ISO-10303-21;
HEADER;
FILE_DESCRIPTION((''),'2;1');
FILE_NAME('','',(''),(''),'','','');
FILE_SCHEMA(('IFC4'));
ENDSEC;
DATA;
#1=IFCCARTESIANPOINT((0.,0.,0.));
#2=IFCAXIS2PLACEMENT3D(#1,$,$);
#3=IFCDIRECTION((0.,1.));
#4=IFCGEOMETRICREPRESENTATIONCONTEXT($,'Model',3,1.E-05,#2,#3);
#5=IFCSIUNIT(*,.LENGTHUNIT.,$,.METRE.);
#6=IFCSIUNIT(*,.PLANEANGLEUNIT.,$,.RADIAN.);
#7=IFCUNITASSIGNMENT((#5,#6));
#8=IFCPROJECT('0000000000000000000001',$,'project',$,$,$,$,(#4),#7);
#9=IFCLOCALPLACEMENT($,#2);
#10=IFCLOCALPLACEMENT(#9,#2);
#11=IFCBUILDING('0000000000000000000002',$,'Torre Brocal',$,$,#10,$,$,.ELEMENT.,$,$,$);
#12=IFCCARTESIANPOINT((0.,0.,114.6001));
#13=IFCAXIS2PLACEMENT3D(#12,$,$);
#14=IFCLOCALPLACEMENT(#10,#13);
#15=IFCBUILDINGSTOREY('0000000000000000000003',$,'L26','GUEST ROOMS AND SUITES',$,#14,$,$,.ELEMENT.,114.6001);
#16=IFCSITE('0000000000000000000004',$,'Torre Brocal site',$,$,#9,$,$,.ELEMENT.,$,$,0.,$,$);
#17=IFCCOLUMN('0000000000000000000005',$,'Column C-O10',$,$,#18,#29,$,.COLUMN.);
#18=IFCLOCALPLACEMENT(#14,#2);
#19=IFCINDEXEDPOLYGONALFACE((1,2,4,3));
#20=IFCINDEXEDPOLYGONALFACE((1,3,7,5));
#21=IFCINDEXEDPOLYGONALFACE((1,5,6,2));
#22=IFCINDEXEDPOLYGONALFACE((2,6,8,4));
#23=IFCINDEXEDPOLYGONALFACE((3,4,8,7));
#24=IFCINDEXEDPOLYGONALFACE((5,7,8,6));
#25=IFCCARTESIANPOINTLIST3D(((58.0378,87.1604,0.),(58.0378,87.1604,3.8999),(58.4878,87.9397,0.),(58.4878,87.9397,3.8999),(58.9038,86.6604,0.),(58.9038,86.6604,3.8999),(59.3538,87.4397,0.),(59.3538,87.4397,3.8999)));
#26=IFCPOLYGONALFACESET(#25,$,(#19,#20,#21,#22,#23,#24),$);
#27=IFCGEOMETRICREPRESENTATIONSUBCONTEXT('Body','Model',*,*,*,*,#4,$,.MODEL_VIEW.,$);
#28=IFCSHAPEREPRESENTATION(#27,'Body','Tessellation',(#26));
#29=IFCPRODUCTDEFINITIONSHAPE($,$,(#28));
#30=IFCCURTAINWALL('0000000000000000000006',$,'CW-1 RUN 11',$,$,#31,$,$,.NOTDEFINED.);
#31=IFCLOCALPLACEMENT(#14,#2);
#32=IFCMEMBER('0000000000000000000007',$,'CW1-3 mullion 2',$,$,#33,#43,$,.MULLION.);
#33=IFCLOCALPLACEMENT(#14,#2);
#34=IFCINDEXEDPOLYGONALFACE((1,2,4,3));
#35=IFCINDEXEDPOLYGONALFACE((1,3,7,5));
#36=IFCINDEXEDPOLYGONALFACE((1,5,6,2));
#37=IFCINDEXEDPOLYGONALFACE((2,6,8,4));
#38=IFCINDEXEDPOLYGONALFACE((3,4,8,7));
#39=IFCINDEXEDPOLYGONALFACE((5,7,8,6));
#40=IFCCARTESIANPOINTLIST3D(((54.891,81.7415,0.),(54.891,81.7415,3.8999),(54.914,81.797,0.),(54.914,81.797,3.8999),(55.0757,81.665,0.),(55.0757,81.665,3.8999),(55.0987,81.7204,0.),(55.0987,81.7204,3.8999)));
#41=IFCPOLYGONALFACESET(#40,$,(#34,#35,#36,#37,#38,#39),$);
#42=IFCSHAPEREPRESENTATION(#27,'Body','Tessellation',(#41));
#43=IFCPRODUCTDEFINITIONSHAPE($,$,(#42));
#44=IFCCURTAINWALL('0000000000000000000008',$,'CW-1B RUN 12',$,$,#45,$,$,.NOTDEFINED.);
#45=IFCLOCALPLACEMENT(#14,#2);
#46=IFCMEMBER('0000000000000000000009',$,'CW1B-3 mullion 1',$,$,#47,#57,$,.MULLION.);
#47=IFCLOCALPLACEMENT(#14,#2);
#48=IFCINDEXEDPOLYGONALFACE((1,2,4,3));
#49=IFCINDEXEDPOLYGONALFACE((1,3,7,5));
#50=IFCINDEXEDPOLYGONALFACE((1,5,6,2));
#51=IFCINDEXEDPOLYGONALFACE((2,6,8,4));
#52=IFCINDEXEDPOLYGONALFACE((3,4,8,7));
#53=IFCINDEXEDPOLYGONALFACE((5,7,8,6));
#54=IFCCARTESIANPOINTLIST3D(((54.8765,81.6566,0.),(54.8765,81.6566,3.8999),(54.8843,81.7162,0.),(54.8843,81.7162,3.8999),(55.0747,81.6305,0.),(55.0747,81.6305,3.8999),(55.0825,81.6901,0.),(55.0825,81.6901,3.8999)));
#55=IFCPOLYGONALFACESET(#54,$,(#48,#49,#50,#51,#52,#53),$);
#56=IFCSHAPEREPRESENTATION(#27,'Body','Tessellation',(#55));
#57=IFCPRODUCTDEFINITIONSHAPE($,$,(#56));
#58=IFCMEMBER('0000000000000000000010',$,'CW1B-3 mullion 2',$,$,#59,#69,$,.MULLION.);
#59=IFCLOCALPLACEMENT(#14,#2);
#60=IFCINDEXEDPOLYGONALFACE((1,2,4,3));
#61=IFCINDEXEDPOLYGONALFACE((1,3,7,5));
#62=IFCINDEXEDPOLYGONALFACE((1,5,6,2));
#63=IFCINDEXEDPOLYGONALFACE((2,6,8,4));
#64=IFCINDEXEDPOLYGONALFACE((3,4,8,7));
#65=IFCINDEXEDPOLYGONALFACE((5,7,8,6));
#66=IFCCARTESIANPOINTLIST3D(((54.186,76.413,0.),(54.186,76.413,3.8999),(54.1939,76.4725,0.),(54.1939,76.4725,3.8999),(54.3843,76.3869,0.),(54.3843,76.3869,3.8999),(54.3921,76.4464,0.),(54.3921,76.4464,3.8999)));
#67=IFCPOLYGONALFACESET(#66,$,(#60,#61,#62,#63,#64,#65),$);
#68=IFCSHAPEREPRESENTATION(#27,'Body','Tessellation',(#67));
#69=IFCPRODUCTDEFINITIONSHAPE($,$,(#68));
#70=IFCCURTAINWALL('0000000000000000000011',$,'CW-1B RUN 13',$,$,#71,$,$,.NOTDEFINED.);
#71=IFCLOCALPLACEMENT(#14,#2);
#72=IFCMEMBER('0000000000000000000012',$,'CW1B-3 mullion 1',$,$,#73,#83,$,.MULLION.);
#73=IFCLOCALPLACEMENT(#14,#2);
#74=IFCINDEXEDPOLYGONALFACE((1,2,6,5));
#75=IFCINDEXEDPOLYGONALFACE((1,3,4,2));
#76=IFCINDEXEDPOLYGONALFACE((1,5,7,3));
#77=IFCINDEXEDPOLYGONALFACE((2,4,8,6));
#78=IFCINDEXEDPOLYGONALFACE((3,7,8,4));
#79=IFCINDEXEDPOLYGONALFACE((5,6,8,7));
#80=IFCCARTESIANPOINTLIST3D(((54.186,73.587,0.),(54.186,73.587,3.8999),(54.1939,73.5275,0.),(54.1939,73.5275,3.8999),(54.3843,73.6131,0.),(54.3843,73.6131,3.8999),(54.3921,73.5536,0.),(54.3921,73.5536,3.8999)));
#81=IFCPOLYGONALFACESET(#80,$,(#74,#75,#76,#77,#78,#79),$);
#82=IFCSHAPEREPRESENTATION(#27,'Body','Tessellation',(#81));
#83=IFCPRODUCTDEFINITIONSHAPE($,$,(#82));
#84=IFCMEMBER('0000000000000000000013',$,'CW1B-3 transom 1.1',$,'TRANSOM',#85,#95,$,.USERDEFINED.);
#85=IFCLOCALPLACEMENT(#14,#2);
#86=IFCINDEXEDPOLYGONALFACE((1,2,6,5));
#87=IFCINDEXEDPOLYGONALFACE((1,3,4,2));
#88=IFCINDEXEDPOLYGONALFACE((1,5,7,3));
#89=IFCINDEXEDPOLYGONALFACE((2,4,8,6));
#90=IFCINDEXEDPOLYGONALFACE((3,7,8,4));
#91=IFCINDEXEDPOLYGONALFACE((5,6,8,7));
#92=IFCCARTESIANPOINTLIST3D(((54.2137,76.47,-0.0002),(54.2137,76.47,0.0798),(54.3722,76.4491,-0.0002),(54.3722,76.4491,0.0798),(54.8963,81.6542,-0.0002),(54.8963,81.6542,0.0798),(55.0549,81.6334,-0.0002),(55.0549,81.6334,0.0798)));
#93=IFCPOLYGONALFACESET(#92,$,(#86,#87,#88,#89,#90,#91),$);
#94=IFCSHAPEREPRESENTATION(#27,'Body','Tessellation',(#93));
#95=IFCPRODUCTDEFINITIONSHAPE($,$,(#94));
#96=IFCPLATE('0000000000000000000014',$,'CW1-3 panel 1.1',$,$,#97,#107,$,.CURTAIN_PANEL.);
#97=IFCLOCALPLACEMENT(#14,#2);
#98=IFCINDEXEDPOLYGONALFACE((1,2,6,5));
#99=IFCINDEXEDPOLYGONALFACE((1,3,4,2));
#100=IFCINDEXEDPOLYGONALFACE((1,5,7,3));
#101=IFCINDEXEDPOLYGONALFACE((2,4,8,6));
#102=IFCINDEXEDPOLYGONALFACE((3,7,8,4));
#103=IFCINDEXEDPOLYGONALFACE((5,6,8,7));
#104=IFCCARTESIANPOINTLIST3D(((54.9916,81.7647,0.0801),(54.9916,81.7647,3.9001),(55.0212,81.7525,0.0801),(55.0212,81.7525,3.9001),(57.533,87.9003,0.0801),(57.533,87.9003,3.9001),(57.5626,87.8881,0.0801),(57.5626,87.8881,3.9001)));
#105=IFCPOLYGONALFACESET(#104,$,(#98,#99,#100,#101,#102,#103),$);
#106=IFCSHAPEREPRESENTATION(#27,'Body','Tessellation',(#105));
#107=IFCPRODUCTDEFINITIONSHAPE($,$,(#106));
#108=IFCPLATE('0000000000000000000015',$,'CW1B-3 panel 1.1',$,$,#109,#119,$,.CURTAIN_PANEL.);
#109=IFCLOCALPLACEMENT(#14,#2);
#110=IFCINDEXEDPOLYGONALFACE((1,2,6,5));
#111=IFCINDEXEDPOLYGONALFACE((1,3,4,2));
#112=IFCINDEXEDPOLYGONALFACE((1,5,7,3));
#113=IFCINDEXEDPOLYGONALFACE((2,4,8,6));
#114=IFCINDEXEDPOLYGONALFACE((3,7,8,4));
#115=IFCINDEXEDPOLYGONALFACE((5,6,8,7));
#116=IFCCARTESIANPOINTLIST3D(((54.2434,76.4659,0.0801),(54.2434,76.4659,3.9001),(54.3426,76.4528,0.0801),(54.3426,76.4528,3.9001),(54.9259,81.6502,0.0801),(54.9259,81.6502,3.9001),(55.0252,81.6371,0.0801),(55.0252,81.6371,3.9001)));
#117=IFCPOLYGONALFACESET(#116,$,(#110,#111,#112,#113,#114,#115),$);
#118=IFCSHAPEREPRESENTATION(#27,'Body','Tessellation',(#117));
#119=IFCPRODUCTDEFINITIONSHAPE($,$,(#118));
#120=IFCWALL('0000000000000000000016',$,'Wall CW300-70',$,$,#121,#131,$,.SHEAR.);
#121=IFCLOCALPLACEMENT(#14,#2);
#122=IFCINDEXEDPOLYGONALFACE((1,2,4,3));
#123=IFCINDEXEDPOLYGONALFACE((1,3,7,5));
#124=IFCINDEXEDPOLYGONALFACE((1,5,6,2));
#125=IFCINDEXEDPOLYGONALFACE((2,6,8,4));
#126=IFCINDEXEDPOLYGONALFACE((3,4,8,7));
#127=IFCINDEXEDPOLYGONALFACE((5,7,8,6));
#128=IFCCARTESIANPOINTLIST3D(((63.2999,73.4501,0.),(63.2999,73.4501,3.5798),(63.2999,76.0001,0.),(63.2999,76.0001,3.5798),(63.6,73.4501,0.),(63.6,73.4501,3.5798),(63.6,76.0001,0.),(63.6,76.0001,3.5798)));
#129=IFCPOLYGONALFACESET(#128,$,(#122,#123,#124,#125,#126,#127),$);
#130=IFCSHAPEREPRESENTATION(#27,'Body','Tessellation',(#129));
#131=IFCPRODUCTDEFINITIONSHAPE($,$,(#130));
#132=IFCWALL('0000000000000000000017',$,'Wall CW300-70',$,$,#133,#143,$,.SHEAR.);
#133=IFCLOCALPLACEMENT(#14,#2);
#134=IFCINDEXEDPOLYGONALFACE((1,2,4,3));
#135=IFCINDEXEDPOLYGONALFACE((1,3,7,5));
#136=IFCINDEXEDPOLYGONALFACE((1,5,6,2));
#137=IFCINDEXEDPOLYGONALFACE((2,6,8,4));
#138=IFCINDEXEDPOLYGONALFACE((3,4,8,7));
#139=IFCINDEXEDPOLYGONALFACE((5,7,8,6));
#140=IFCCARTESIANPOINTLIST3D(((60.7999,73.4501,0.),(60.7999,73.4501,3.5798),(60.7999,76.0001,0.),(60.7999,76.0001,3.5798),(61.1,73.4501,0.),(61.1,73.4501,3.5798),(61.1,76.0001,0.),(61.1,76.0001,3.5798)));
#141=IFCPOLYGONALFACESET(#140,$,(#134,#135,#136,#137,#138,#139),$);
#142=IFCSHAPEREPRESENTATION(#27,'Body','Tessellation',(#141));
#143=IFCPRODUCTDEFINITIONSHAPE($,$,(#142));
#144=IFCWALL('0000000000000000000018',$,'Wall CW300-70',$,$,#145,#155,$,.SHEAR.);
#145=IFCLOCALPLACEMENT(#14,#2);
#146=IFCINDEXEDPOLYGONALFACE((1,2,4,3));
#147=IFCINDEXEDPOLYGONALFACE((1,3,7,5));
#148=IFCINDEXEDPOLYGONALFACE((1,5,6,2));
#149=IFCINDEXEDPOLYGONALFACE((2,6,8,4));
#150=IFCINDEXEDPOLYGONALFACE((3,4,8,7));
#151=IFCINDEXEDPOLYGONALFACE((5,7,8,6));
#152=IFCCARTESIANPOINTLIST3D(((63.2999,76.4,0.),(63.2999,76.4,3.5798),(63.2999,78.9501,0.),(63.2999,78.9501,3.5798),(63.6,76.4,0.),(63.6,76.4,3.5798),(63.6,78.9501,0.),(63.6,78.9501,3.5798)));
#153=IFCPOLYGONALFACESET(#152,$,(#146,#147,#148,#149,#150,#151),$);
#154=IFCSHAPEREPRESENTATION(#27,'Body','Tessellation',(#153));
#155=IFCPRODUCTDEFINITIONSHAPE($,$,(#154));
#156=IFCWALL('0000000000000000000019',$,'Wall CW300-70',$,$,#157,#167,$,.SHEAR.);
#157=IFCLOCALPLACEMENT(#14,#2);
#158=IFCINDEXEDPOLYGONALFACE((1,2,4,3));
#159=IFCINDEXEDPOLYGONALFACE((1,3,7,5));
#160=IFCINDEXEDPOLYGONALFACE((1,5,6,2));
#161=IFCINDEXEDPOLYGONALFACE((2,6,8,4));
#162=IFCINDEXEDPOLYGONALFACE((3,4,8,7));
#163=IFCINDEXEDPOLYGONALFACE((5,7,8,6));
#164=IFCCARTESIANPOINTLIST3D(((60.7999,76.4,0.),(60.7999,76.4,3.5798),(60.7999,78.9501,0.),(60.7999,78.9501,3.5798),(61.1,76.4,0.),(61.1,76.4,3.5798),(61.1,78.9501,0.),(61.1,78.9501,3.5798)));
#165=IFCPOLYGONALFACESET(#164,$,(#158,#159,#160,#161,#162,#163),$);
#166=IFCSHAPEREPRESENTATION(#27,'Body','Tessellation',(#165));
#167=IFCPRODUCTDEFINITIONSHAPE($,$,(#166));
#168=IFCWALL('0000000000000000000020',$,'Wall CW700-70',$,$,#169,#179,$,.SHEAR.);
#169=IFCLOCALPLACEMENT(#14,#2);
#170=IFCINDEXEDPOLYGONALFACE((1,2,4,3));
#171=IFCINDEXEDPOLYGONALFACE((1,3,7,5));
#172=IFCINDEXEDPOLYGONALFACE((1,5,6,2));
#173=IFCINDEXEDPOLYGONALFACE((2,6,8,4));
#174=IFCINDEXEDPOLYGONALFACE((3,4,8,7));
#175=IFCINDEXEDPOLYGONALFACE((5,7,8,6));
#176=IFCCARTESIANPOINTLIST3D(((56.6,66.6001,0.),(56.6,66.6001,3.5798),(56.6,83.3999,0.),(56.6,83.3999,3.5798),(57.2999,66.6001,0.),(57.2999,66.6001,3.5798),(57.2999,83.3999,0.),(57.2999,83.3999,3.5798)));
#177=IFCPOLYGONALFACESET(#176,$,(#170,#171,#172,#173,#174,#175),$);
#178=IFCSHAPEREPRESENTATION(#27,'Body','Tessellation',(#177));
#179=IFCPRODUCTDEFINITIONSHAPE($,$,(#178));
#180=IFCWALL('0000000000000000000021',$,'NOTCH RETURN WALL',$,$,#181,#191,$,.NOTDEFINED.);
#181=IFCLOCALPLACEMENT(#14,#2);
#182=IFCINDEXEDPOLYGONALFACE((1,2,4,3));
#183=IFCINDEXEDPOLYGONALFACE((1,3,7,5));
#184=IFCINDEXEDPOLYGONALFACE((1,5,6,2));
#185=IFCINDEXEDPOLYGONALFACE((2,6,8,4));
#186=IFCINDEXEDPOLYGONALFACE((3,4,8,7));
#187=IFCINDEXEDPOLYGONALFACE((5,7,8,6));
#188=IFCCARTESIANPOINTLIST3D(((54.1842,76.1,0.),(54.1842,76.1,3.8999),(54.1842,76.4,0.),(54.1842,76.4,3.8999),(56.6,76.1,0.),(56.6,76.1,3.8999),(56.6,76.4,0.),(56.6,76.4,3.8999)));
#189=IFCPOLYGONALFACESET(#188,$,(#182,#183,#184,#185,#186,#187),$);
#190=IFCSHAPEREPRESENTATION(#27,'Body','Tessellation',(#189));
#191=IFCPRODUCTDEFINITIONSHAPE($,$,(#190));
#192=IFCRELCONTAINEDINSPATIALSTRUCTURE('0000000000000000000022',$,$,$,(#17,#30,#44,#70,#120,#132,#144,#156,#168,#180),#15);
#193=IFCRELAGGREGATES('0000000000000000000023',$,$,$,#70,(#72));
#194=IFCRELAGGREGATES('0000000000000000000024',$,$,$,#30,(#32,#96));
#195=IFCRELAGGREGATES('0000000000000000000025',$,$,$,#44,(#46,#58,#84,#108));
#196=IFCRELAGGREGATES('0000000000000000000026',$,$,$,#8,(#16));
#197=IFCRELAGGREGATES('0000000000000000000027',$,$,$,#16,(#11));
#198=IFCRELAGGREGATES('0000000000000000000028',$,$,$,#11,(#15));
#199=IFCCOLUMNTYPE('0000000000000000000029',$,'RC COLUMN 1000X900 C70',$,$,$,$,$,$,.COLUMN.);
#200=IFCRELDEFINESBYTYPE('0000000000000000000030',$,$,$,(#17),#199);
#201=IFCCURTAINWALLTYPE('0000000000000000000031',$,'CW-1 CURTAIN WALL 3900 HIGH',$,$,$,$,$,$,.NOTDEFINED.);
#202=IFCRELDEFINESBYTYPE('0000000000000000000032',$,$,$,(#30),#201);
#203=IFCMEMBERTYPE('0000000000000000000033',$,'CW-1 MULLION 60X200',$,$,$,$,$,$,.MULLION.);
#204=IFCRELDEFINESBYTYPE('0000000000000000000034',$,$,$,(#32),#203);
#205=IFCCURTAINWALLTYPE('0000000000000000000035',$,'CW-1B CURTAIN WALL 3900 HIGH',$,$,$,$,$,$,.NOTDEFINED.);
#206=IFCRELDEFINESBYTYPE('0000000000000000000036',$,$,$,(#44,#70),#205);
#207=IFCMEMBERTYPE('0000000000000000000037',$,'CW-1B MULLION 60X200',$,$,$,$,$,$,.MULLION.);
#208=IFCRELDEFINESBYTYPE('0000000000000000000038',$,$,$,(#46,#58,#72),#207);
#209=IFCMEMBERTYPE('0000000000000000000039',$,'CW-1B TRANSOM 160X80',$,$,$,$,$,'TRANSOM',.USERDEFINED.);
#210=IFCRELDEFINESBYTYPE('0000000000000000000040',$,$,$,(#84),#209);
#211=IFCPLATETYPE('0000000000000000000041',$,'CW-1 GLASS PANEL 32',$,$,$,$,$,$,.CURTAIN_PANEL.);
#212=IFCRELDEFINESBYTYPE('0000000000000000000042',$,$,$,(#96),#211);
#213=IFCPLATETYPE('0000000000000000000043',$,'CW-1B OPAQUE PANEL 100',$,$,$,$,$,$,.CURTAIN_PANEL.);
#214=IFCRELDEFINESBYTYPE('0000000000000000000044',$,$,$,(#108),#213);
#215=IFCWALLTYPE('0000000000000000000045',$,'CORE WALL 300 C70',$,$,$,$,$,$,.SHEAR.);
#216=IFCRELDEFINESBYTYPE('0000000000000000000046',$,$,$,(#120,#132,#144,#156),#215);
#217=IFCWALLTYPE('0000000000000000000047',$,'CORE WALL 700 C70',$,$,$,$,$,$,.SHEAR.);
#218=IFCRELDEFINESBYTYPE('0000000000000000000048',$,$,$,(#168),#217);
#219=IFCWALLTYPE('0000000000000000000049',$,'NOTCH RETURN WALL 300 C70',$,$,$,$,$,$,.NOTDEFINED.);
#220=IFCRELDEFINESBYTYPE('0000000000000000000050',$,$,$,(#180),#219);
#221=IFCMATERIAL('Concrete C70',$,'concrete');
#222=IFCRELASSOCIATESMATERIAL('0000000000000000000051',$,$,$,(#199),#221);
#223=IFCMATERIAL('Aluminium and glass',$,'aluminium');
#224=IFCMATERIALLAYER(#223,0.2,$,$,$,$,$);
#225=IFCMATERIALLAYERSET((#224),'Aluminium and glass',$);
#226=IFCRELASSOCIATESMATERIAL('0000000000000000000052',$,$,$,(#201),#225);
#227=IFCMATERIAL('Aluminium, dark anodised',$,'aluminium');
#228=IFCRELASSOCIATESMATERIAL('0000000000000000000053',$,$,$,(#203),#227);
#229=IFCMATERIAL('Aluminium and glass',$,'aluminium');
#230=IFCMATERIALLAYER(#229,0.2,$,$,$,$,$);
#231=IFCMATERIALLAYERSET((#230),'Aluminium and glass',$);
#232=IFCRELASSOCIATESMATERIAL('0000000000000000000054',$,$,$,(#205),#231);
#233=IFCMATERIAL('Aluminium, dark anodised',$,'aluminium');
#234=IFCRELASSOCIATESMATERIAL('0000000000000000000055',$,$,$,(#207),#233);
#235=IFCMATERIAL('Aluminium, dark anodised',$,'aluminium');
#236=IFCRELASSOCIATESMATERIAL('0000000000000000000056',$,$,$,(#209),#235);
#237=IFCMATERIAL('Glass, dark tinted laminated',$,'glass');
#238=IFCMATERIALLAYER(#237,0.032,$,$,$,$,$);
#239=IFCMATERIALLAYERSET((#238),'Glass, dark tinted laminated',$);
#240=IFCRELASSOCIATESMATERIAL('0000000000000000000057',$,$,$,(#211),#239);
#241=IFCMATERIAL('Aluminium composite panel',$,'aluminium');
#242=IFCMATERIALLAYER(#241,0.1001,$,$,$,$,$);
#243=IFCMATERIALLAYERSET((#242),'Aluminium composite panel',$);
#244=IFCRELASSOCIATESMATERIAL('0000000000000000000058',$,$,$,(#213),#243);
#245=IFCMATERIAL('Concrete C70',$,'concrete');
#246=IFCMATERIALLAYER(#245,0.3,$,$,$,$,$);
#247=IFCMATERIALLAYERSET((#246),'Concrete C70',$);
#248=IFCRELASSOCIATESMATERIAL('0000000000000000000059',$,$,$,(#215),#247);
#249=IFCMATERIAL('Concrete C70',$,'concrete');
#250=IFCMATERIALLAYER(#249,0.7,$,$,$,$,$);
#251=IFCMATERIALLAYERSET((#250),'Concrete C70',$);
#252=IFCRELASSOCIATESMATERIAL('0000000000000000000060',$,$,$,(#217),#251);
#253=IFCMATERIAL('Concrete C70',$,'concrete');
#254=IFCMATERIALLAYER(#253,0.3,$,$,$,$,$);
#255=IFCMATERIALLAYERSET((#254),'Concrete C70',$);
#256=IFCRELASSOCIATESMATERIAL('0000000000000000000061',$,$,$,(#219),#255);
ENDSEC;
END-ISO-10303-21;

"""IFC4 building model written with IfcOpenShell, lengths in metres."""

from ifc_helpers import new_model, si_unit, direction, frame, frame_2d, origin, origin_2d, place, context, subcontext, project, spatial, rectangle, extrude, material, layer, layer_set, material_profile, profile_set, type_object, element, aggregate, save


model = new_model("IFC4")

# Units and contexts
model_context = context("Model", 3, precision=1e-05, world=origin(), true_north=direction((0.0, 1.0)))
body_context = subcontext(model_context, "Body", "Model", "MODEL_VIEW")
ifc_project = project(units=[si_unit("LENGTHUNIT", "METRE"), si_unit("PLANEANGLEUNIT", "RADIAN")], contexts=[model_context])

# Site, building, storey
site_placement = place(None, origin())
site = spatial("IfcSite", under=ifc_project, at=site_placement, Name="Torre Brocal site", CompositionType="ELEMENT", RefElevation=0.0)
building_placement = place(site_placement, origin())
building = spatial("IfcBuilding", under=site, at=building_placement, Name="Torre Brocal", CompositionType="ELEMENT")
storey_placement = place(building_placement, frame((0.0, 0.0, 114.6001)))
storey = spatial("IfcBuildingStorey", under=building, at=storey_placement, Name="L26", Description="GUEST ROOMS AND SUITES", CompositionType="ELEMENT", Elevation=114.6001)

# Column
ifc_material_1 = material(Name="Concrete C70", Category="concrete")
ifc_material_profile_1 = material_profile(ifc_material_1, rectangle(XDim=1.0, YDim=0.8999, at=origin_2d()), Name="RC 1000X900")
ifc_profile_set_1 = profile_set([ifc_material_profile_1], Name="Concrete C70")
column_type = type_object("IfcColumnType", Name="RC COLUMN 1000X900 C70", PredefinedType="COLUMN", material=ifc_profile_set_1)
column_placement = place(storey_placement, frame((58.6958, 87.3, 0.0), z_axis=(0.0, 0.0, 1.0), x_axis=(-0.866025, 0.5, 0.0)))
element("IfcColumn", 1, at=column_placement, inside=storey, type_object=column_type, Name="Column C-O10", PredefinedType="COLUMN", context=body_context, shape_type="SweptSolid", body=[
    extrude(rectangle(XDim=1.0, YDim=0.8999, at=origin_2d()), origin(), (0.0, 0.0, 1.0), 3.8999),
])

# Curtain wall, member
ifc_material_2 = material(Name="Aluminium and glass", Category="aluminium")
ifc_layer_1 = layer(ifc_material_2, 0.2)
ifc_layer_set_1 = layer_set([ifc_layer_1], Name="Aluminium and glass")
curtain_wall_type_1 = type_object("IfcCurtainWallType", Name="CW-1 CURTAIN WALL 3900 HIGH", PredefinedType="NOTDEFINED", material=ifc_layer_set_1)
curtain_wall_1_placement = place(storey_placement, origin())
curtain_wall_1 = element("IfcCurtainWall", 2, at=curtain_wall_1_placement, inside=storey, type_object=curtain_wall_type_1, Name="CW-1 RUN 11", PredefinedType="NOTDEFINED")
ifc_material_3 = material(Name="Aluminium, dark anodised", Category="aluminium")
ifc_material_profile_2 = material_profile(ifc_material_3, rectangle(XDim=0.2, YDim=0.0601, at=origin_2d()), Name="CW-1 MULLION 60X200")
ifc_profile_set_2 = profile_set([ifc_material_profile_2], Name="Aluminium, dark anodised")
member_type_1 = type_object("IfcMemberType", Name="CW-1 MULLION 60X200", PredefinedType="MULLION", material=ifc_profile_set_2)
member_1_placement = place(storey_placement, frame((54.9949, 81.731, 0.0), z_axis=(0.0, 0.0, 1.0), x_axis=(0.92388, -0.382683, 0.0)))
member_1 = element("IfcMember", 3, at=member_1_placement, type_object=member_type_1, Name="CW1-3 mullion 2", PredefinedType="MULLION", context=body_context, shape_type="SweptSolid", body=[
    extrude(rectangle(XDim=0.2, YDim=0.0601, at=origin_2d()), origin(), (0.0, 0.0, 1.0), 3.8999),
])

# Curtain wall, members
ifc_material_4 = material(Name="Aluminium and glass", Category="aluminium")
ifc_layer_2 = layer(ifc_material_4, 0.2)
ifc_layer_set_2 = layer_set([ifc_layer_2], Name="Aluminium and glass")
curtain_wall_type_2 = type_object("IfcCurtainWallType", Name="CW-1B CURTAIN WALL 3900 HIGH", PredefinedType="NOTDEFINED", material=ifc_layer_set_2)
curtain_wall_2_placement = place(storey_placement, origin())
curtain_wall_2 = element("IfcCurtainWall", 4, at=curtain_wall_2_placement, inside=storey, type_object=curtain_wall_type_2, Name="CW-1B RUN 12", PredefinedType="NOTDEFINED")
ifc_material_5 = material(Name="Aluminium, dark anodised", Category="aluminium")
ifc_material_profile_3 = material_profile(ifc_material_5, rectangle(XDim=0.2, YDim=0.0601, at=origin_2d()), Name="CW-1B MULLION 60X200")
ifc_profile_set_3 = profile_set([ifc_material_profile_3], Name="Aluminium, dark anodised")
member_type_2 = type_object("IfcMemberType", Name="CW-1B MULLION 60X200", PredefinedType="MULLION", material=ifc_profile_set_3)
member_2_placement = place(storey_placement, frame((54.9795, 81.6733, 0.0), z_axis=(0.0, 0.0, 1.0), x_axis=(0.991445, -0.130526, 0.0)))
member_2 = element("IfcMember", 5, at=member_2_placement, type_object=member_type_2, Name="CW1B-3 mullion 1", PredefinedType="MULLION", context=body_context, shape_type="SweptSolid", body=[
    extrude(rectangle(XDim=0.2, YDim=0.0601, at=origin_2d()), origin(), (0.0, 0.0, 1.0), 3.8999),
])
member_3_placement = place(storey_placement, frame((54.2891, 76.4297, 0.0), z_axis=(0.0, 0.0, 1.0), x_axis=(0.991445, -0.130526, 0.0)))
member_3 = element("IfcMember", 6, at=member_3_placement, type_object=member_type_2, Name="CW1B-3 mullion 2", PredefinedType="MULLION", context=body_context, shape_type="SweptSolid", body=[
    extrude(rectangle(XDim=0.2, YDim=0.0601, at=origin_2d()), origin(), (0.0, 0.0, 1.0), 3.8999),
])

# Curtain wall, member
curtain_wall_3_placement = place(storey_placement, origin())
curtain_wall_3 = element("IfcCurtainWall", 7, at=curtain_wall_3_placement, inside=storey, type_object=curtain_wall_type_2, Name="CW-1B RUN 13", PredefinedType="NOTDEFINED")
member_4_placement = place(storey_placement, frame((54.2891, 73.5703, 0.0), z_axis=(0.0, 0.0, 1.0), x_axis=(0.991445, 0.130526, 0.0)))
member_4 = element("IfcMember", 8, at=member_4_placement, type_object=member_type_2, Name="CW1B-3 mullion 1", PredefinedType="MULLION", context=body_context, shape_type="SweptSolid", body=[
    extrude(rectangle(XDim=0.2, YDim=0.0601, at=origin_2d()), origin(), (0.0, 0.0, 1.0), 3.8999),
])
aggregate(curtain_wall_3, [member_4])

# Member
ifc_material_6 = material(Name="Aluminium, dark anodised", Category="aluminium")
ifc_material_profile_4 = material_profile(ifc_material_6, rectangle(XDim=0.1599, YDim=0.0801, at=origin_2d()), Name="CW-1B TRANSOM 160X80")
ifc_profile_set_4 = profile_set([ifc_material_profile_4], Name="Aluminium, dark anodised")
member_type_3 = type_object("IfcMemberType", Name="CW-1B TRANSOM 160X80", ElementType="TRANSOM", PredefinedType="USERDEFINED", material=ifc_profile_set_4)
member_5_placement = place(storey_placement, frame((54.9756, 81.6438, 0.0398), z_axis=(-0.130543, -0.991443, 0.0), x_axis=(0.991443, -0.130543, 0.0)))
member_5 = element("IfcMember", 9, at=member_5_placement, type_object=member_type_3, Name="CW1B-3 transom 1.1", ObjectType="TRANSOM", PredefinedType="USERDEFINED", context=body_context, shape_type="SweptSolid", body=[
    extrude(rectangle(XDim=0.1599, YDim=0.0801, at=origin_2d()), origin(), (0.0, 0.0, 1.0), 5.229),
])

# Plates
ifc_material_7 = material(Name="Glass, dark tinted laminated", Category="glass")
ifc_layer_3 = layer(ifc_material_7, 0.032)
ifc_layer_set_3 = layer_set([ifc_layer_3], Name="Glass, dark tinted laminated")
plate_type_1 = type_object("IfcPlateType", Name="CW-1 GLASS PANEL 32", PredefinedType="CURTAIN_PANEL", material=ifc_layer_set_3)
plate_1_placement = place(storey_placement, frame((56.2771, 84.8264, 0.0801), z_axis=(0.0, 0.0, 1.0), x_axis=(-0.382683, -0.92388, 0.0)))
plate_1 = element("IfcPlate", 10, at=plate_1_placement, type_object=plate_type_1, Name="CW1-3 panel 1.1", PredefinedType="CURTAIN_PANEL", context=body_context, shape_type="SweptSolid", body=[
    extrude(rectangle(XDim=6.6411, YDim=0.032, at=origin_2d()), origin(), (0.0, 0.0, 1.0), 3.8201),
])
aggregate(curtain_wall_1, [member_1, plate_1])
ifc_material_8 = material(Name="Aluminium composite panel", Category="aluminium")
ifc_layer_4 = layer(ifc_material_8, 0.1001)
ifc_layer_set_4 = layer_set([ifc_layer_4], Name="Aluminium composite panel")
plate_type_2 = type_object("IfcPlateType", Name="CW-1B OPAQUE PANEL 100", PredefinedType="CURTAIN_PANEL", material=ifc_layer_set_4)
plate_2_placement = place(storey_placement, frame((54.6343, 79.0515, 0.0801), z_axis=(0.0, 0.0, 1.0), x_axis=(-0.130526, -0.991445, 0.0)))
plate_2 = element("IfcPlate", 11, at=plate_2_placement, type_object=plate_type_2, Name="CW1B-3 panel 1.1", PredefinedType="CURTAIN_PANEL", context=body_context, shape_type="SweptSolid", body=[
    extrude(rectangle(XDim=5.229, YDim=0.1001, at=origin_2d()), origin(), (0.0, 0.0, 1.0), 3.8201),
])
aggregate(curtain_wall_2, [member_2, member_3, member_5, plate_2])

# Walls
ifc_material_9 = material(Name="Concrete C70", Category="concrete")
ifc_layer_5 = layer(ifc_material_9, 0.3)
ifc_layer_set_5 = layer_set([ifc_layer_5], Name="Concrete C70")
wall_type_1 = type_object("IfcWallType", Name="CORE WALL 300 C70", PredefinedType="SHEAR", material=ifc_layer_set_5)
for number, where, z_axis, x_axis, name in (
    (12, (63.45, 76.0, 0.0), (0.0, 0.0, 1.0), (0.0, -1.0, 0.0), "Wall CW300-70"),
    (13, (60.95, 76.0, 0.0), (0.0, 0.0, 1.0), (0.0, -1.0, 0.0), "Wall CW300-70"),
    (14, (63.45, 78.95, 0.0), (0.0, 0.0, 1.0), (0.0, -1.0, 0.0), "Wall CW300-70"),
    (15, (60.95, 78.95, 0.0), (0.0, 0.0, 1.0), (0.0, -1.0, 0.0), "Wall CW300-70"),
):
    element("IfcWall", number, at=place(storey_placement, frame(where, z_axis=z_axis, x_axis=x_axis)), inside=storey, type_object=wall_type_1, Name=name, PredefinedType="SHEAR", context=body_context, shape_type="SweptSolid", body=[
        extrude(rectangle(XDim=2.55, YDim=0.3, at=frame_2d((1.2749, 0.0))), origin(), (0.0, 0.0, 1.0), 3.5798),
    ])
ifc_material_10 = material(Name="Concrete C70", Category="concrete")
ifc_layer_6 = layer(ifc_material_10, 0.7)
ifc_layer_set_6 = layer_set([ifc_layer_6], Name="Concrete C70")
wall_type_2 = type_object("IfcWallType", Name="CORE WALL 700 C70", PredefinedType="SHEAR", material=ifc_layer_set_6)
wall_1_placement = place(storey_placement, frame((56.95, 83.3999, 0.0), z_axis=(0.0, 0.0, 1.0), x_axis=(0.0, -1.0, 0.0)))
element("IfcWall", 16, at=wall_1_placement, inside=storey, type_object=wall_type_2, Name="Wall CW700-70", PredefinedType="SHEAR", context=body_context, shape_type="SweptSolid", body=[
    extrude(rectangle(XDim=16.7998, YDim=0.7, at=frame_2d((8.3999, 0.0))), origin(), (0.0, 0.0, 1.0), 3.5798),
])
ifc_material_11 = material(Name="Concrete C70", Category="concrete")
ifc_layer_7 = layer(ifc_material_11, 0.3)
ifc_layer_set_7 = layer_set([ifc_layer_7], Name="Concrete C70")
wall_type_3 = type_object("IfcWallType", Name="NOTCH RETURN WALL 300 C70", PredefinedType="NOTDEFINED", material=ifc_layer_set_7)
for number, where, z_axis, x_axis, name in (
    (17, (56.6001, 76.25, 0.0), (0.0, 0.0, 1.0), (-1.0, 0.0, 0.0), "NOTCH RETURN WALL"),
):
    element("IfcWall", number, at=place(storey_placement, frame(where, z_axis=z_axis, x_axis=x_axis)), inside=storey, type_object=wall_type_3, Name=name, PredefinedType="NOTDEFINED", context=body_context, shape_type="SweptSolid", body=[
        extrude(rectangle(XDim=2.4158, YDim=0.3, at=frame_2d((1.208, 0.0))), origin(), (0.0, 0.0, 1.0), 3.8999),
    ])

save(model, "model.ifc")
